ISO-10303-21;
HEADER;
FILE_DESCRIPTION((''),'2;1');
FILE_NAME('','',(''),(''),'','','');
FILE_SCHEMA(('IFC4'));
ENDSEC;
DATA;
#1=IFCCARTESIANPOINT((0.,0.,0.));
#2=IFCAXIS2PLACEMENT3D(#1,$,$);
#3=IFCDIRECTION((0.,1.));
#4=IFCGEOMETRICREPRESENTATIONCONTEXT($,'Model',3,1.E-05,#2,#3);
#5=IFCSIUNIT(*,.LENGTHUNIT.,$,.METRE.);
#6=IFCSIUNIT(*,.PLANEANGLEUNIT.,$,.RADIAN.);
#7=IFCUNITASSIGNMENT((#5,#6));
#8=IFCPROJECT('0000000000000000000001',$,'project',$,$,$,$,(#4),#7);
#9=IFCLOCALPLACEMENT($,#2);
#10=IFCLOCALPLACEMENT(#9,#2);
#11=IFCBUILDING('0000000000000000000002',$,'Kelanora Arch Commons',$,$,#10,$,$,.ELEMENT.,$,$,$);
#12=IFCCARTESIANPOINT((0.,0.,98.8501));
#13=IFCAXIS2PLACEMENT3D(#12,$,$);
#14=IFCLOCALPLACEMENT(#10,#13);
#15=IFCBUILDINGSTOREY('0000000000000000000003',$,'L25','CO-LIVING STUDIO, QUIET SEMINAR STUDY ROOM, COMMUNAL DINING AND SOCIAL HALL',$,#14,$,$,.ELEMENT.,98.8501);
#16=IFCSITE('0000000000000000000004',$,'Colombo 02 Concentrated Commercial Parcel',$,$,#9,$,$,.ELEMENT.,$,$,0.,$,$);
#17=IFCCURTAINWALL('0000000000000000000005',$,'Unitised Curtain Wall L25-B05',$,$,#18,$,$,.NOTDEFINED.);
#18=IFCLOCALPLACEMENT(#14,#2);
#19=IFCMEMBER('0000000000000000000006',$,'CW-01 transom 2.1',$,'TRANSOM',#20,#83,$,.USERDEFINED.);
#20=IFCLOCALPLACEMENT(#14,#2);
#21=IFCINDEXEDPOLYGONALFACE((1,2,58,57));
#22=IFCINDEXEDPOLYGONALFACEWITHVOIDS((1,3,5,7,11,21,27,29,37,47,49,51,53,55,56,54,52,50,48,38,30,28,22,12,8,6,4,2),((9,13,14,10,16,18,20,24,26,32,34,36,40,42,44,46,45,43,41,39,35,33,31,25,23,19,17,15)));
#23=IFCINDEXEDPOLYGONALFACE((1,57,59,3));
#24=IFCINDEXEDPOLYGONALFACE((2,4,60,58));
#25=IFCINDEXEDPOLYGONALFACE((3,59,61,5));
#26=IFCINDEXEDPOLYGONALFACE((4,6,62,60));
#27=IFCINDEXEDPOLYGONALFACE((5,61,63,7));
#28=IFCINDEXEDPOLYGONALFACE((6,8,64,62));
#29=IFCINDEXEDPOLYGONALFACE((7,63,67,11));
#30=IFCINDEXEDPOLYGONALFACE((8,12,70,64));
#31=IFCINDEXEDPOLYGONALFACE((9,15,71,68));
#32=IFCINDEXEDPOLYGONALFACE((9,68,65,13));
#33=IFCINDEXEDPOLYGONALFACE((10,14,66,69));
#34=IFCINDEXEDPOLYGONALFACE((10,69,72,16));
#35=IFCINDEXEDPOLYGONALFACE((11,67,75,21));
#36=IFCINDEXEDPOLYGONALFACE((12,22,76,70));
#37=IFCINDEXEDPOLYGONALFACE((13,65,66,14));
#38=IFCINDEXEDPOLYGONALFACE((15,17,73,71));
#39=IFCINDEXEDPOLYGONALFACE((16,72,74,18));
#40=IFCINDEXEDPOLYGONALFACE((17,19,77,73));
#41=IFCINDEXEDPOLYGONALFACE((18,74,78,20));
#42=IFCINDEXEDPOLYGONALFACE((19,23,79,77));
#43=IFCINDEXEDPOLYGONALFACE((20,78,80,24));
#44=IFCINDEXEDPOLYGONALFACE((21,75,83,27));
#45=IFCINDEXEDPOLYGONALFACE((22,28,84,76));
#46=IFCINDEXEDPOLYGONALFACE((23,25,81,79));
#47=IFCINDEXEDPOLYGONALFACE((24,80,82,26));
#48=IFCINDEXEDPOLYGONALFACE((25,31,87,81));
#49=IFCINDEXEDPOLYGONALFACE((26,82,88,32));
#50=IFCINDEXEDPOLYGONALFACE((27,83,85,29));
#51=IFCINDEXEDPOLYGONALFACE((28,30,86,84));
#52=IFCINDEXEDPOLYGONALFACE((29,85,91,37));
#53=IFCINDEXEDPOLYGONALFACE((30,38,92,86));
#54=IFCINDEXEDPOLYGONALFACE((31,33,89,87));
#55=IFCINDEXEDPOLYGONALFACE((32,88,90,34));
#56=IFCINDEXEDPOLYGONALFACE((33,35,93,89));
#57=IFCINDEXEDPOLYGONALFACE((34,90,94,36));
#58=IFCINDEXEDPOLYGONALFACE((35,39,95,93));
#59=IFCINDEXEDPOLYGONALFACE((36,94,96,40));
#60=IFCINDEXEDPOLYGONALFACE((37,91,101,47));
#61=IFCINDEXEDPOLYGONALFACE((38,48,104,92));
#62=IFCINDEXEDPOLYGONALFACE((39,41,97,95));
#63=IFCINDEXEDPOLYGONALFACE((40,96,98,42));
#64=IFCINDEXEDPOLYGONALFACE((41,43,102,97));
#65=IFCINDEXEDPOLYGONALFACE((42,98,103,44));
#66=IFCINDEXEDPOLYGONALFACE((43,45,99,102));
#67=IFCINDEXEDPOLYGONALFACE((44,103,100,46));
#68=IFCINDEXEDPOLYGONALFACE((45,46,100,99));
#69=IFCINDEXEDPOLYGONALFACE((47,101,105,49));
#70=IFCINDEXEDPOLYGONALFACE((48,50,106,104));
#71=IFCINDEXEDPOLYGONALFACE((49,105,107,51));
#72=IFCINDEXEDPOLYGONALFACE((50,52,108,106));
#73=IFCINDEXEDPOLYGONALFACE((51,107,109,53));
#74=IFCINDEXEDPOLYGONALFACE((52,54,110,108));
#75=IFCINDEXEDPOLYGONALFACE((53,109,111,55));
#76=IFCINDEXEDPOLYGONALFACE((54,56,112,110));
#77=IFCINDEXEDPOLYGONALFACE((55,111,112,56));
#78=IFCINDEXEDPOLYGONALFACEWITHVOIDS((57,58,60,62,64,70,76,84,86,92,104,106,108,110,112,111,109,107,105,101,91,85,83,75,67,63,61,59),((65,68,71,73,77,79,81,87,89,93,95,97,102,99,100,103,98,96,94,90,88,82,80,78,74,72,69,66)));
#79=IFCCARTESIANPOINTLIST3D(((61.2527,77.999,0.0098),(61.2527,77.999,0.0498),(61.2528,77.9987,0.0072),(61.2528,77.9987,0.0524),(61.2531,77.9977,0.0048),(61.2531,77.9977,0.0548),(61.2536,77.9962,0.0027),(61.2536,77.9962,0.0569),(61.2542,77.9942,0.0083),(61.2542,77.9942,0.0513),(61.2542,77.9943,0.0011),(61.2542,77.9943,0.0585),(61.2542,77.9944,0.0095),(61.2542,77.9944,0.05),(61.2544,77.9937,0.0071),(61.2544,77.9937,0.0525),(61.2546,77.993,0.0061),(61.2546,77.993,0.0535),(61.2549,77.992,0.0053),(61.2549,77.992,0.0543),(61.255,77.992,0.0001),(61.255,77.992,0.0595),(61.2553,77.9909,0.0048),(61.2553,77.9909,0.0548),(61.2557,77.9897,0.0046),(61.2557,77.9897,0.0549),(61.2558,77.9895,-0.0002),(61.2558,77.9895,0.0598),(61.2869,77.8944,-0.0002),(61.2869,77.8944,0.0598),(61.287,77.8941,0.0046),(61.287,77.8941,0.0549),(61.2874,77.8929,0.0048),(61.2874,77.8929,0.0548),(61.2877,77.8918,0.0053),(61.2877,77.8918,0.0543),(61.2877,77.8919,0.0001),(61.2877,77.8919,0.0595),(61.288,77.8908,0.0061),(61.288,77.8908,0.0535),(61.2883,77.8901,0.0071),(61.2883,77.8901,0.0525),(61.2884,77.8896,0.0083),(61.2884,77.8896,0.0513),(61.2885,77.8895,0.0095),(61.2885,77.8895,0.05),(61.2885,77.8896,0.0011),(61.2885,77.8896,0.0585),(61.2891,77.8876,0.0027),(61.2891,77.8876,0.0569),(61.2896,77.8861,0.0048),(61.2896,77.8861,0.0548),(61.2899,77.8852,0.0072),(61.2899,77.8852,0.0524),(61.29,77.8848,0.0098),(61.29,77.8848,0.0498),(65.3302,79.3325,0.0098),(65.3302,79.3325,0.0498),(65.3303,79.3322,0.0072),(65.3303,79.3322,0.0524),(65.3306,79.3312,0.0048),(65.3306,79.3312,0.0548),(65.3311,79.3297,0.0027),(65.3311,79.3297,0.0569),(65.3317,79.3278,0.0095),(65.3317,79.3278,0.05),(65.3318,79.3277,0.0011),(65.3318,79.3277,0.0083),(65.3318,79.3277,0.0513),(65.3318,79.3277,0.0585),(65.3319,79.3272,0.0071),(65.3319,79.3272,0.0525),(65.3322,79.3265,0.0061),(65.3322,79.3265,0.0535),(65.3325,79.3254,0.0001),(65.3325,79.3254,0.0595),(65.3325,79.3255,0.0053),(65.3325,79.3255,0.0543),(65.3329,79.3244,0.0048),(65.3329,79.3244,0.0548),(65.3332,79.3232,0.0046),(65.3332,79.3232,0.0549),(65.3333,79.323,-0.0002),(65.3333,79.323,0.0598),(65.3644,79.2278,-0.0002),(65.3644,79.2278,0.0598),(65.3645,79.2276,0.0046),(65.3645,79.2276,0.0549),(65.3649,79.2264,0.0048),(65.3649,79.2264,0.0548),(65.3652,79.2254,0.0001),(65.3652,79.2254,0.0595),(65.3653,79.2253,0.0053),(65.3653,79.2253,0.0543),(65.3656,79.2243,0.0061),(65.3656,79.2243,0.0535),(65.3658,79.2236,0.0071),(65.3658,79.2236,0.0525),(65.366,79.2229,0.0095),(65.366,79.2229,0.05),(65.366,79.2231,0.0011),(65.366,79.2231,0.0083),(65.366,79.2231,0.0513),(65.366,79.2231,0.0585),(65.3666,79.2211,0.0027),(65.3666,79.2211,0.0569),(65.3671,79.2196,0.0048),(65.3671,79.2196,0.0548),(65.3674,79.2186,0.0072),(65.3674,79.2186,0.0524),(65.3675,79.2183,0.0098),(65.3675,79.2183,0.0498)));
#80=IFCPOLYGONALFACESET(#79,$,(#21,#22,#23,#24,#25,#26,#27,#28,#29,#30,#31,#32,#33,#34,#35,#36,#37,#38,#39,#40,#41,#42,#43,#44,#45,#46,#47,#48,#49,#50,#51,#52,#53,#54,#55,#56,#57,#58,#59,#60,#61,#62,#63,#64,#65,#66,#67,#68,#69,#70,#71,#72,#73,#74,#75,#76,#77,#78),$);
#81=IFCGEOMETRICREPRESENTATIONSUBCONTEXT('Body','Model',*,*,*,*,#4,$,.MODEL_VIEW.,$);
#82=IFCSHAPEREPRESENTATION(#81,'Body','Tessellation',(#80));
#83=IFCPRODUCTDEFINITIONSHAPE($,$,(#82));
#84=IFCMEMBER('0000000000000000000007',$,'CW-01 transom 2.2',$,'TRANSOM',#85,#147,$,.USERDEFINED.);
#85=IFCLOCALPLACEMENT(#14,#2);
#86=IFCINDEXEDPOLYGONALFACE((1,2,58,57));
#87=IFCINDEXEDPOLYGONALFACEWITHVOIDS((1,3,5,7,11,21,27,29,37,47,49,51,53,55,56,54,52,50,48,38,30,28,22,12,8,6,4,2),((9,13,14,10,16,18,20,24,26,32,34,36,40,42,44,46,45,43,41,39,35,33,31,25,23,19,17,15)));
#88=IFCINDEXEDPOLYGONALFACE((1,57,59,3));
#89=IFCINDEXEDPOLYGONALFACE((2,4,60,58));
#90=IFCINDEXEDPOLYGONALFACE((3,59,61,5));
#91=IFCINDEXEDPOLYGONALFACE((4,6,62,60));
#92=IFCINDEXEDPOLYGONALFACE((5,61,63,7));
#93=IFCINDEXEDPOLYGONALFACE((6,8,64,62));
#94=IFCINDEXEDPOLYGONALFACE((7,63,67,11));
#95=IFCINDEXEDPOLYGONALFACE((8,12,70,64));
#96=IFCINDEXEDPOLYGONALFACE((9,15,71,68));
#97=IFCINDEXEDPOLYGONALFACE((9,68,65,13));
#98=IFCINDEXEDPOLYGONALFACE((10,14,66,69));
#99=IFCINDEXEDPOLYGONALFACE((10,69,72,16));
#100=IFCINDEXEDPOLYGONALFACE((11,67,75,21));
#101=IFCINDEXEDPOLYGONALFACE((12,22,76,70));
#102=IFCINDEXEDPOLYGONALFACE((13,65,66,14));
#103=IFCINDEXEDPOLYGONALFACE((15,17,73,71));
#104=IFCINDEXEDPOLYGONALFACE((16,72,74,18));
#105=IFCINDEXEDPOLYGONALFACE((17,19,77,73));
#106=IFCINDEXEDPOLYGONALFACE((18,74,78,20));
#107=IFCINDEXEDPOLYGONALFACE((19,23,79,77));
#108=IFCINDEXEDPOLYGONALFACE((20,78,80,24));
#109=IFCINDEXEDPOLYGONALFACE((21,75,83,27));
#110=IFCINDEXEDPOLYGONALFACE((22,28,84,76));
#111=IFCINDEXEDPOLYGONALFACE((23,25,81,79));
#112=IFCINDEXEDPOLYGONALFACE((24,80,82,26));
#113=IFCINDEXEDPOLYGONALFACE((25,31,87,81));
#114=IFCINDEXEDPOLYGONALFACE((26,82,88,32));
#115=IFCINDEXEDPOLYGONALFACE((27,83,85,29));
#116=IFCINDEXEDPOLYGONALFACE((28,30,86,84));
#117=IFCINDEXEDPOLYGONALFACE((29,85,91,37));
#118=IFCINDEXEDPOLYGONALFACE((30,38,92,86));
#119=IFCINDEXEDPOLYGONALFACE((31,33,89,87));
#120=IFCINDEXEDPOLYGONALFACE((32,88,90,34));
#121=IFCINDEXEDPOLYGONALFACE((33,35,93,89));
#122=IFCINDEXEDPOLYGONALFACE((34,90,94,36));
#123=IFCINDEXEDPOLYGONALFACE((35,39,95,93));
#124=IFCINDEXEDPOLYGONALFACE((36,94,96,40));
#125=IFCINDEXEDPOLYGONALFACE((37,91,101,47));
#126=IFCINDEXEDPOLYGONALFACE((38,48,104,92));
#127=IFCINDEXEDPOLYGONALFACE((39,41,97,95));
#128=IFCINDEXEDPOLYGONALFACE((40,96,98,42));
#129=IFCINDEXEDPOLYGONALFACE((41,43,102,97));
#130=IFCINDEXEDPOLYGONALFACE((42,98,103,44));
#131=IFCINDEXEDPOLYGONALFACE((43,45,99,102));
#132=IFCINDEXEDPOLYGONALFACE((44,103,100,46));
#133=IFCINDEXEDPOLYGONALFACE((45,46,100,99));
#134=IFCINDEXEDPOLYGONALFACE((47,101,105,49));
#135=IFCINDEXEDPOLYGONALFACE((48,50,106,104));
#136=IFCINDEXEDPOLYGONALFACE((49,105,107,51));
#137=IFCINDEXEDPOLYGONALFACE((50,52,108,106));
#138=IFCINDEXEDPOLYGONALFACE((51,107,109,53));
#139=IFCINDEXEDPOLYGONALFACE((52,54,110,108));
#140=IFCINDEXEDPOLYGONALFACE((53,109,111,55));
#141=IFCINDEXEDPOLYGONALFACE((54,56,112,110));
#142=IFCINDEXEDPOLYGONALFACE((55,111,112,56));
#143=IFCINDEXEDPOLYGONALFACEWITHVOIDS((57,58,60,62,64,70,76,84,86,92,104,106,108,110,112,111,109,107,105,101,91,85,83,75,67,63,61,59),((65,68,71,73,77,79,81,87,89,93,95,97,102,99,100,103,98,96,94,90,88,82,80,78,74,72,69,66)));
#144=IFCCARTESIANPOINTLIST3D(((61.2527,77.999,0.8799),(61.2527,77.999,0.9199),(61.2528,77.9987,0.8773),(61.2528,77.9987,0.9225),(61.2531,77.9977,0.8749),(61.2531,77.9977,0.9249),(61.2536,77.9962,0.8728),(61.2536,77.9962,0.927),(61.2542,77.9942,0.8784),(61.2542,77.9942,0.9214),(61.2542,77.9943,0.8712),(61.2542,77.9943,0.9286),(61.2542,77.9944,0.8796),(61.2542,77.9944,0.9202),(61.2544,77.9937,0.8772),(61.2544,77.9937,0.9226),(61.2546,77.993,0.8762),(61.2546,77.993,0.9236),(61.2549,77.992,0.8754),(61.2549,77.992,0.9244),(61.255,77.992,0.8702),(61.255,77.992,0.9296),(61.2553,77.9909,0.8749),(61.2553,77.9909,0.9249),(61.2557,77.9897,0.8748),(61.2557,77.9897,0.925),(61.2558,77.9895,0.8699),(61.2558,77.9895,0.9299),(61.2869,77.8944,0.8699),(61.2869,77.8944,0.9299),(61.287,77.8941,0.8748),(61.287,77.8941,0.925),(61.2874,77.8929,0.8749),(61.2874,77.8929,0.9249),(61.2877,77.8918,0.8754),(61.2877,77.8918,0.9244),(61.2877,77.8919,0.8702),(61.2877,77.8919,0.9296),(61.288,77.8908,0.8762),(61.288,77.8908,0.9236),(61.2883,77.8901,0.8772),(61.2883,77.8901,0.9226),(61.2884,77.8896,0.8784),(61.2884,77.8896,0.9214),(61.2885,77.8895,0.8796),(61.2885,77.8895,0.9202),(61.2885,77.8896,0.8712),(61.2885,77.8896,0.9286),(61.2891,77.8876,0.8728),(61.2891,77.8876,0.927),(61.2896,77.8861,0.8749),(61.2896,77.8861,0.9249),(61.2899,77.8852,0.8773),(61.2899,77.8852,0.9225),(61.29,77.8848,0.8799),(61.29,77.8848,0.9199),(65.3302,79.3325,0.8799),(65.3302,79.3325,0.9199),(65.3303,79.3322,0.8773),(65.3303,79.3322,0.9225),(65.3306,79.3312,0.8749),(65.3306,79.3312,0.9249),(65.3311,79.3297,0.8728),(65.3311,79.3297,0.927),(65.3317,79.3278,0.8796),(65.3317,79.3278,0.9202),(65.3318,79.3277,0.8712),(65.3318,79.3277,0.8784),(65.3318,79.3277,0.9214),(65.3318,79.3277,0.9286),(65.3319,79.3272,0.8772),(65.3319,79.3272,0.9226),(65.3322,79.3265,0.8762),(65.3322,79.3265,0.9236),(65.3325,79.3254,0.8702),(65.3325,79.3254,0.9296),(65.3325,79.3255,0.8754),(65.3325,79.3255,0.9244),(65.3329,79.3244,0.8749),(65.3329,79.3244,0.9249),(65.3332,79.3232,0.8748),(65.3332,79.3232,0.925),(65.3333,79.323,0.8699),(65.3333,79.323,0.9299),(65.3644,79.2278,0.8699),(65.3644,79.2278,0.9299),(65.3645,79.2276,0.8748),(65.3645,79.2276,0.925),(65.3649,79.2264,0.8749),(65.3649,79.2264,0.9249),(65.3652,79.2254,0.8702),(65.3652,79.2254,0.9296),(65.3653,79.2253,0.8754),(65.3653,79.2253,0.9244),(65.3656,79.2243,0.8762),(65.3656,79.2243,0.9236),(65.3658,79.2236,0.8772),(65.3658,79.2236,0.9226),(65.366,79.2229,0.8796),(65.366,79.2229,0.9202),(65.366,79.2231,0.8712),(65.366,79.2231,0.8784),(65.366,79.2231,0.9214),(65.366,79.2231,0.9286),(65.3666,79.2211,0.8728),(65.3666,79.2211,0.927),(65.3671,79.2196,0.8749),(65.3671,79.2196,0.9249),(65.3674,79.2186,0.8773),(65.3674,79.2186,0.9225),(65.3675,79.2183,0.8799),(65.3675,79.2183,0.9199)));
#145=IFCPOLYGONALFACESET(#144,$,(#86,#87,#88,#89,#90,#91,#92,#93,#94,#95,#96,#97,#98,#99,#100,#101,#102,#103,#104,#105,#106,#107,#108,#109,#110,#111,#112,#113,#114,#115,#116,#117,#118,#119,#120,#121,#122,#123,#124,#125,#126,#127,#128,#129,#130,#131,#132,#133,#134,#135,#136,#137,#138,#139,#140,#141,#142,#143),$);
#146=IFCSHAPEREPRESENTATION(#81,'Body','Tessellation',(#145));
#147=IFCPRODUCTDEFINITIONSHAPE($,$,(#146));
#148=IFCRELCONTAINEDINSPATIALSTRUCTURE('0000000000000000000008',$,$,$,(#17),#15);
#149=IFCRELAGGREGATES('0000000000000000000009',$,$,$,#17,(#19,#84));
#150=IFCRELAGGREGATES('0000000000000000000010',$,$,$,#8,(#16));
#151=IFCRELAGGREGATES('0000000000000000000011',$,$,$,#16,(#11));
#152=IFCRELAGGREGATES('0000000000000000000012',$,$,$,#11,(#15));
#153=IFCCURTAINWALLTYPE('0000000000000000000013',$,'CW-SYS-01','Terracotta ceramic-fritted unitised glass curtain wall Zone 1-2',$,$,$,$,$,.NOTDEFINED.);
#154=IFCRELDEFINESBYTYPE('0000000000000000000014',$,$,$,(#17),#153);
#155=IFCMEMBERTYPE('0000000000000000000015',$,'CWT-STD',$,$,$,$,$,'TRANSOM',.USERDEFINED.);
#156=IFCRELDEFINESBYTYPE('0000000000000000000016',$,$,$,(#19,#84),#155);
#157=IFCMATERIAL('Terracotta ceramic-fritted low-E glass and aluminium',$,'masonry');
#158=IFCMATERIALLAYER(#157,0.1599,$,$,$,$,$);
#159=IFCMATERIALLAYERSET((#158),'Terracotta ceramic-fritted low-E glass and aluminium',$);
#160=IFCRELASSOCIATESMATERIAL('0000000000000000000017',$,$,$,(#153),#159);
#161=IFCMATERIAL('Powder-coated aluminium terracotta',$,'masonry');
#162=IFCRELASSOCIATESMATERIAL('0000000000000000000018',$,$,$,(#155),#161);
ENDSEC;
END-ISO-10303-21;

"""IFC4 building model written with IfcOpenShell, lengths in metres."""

from ifc_helpers import new_model, si_unit, direction, frame, origin, origin_2d, place, context, subcontext, project, spatial, hollow_rectangle, extrude, material, layer, layer_set, material_profile, profile_set, type_object, element, aggregate, save


model = new_model("IFC4")

# Units and contexts
model_context = context("Model", 3, precision=1e-05, world=origin(), true_north=direction((0.0, 1.0)))
body_context = subcontext(model_context, "Body", "Model", "MODEL_VIEW")
ifc_project = project(units=[si_unit("LENGTHUNIT", "METRE"), si_unit("PLANEANGLEUNIT", "RADIAN")], contexts=[model_context])

# Site, building, storey
site_placement = place(None, origin())
site = spatial("IfcSite", under=ifc_project, at=site_placement, Name="Colombo 02 Concentrated Commercial Parcel", CompositionType="ELEMENT", RefElevation=0.0)
building_placement = place(site_placement, origin())
building = spatial("IfcBuilding", under=site, at=building_placement, Name="Kelanora Arch Commons", CompositionType="ELEMENT")
storey_placement = place(building_placement, frame((0.0, 0.0, 98.8501)))
storey = spatial("IfcBuildingStorey", under=building, at=storey_placement, Name="L25", Description="CO-LIVING STUDIO, QUIET SEMINAR STUDY ROOM, COMMUNAL DINING AND SOCIAL HALL", CompositionType="ELEMENT", Elevation=98.8501)

# Curtain wall, members
ifc_material_1 = material(Name="Terracotta ceramic-fritted low-E glass and aluminium", Category="masonry")
ifc_layer_1 = layer(ifc_material_1, 0.1599)
ifc_layer_set_1 = layer_set([ifc_layer_1], Name="Terracotta ceramic-fritted low-E glass and aluminium")
curtain_wall_type = type_object("IfcCurtainWallType", Name="CW-SYS-01", Description="Terracotta ceramic-fritted unitised glass curtain wall Zone 1-2", PredefinedType="NOTDEFINED", material=ifc_layer_set_1)
curtain_wall_placement = place(storey_placement, origin())
curtain_wall = element("IfcCurtainWall", 1, at=curtain_wall_placement, inside=storey, type_object=curtain_wall_type, Name="Unitised Curtain Wall L25-B05", PredefinedType="NOTDEFINED")
ifc_material_2 = material(Name="Powder-coated aluminium terracotta", Category="masonry")
ifc_material_profile_1 = material_profile(ifc_material_2, hollow_rectangle(XDim=0.1201, YDim=0.0601, WallThickness=0.0049, InnerFilletRadius=0.0049, OuterFilletRadius=0.01, at=origin_2d()), Name="CWT120x60")
ifc_profile_set_1 = profile_set([ifc_material_profile_1], Name="Powder-coated aluminium terracotta")
member_type_1 = type_object("IfcMemberType", Name="CWT-STD", ElementType="TRANSOM", PredefinedType="USERDEFINED", material=ifc_profile_set_1)
member_1_placement = place(storey_placement, frame((65.3489, 79.2754, 0.0298), z_axis=(-0.950466, -0.310828, 0.0), x_axis=(0.310828, -0.950466, 0.0)))
member_1 = element("IfcMember", 2, at=member_1_placement, type_object=member_type_1, Name="CW-01 transom 2.1", ObjectType="TRANSOM", PredefinedType="USERDEFINED", context=body_context, shape_type="SweptSolid", body=[
    extrude(hollow_rectangle(XDim=0.1201, YDim=0.0601, WallThickness=0.0049, InnerFilletRadius=0.0049, OuterFilletRadius=0.01, at=origin_2d()), origin(), (0.0, 0.0, 1.0), 4.29),
])
member_2_placement = place(storey_placement, frame((65.3489, 79.2754, 0.8999), z_axis=(-0.950466, -0.310828, 0.0), x_axis=(0.310828, -0.950466, 0.0)))
member_2 = element("IfcMember", 3, at=member_2_placement, type_object=member_type_1, Name="CW-01 transom 2.2", ObjectType="TRANSOM", PredefinedType="USERDEFINED", context=body_context, shape_type="SweptSolid", body=[
    extrude(hollow_rectangle(XDim=0.1201, YDim=0.0601, WallThickness=0.0049, InnerFilletRadius=0.0049, OuterFilletRadius=0.01, at=origin_2d()), origin(), (0.0, 0.0, 1.0), 4.29),
])
aggregate(curtain_wall, [member_1, member_2])

save(model, "model.ifc")
